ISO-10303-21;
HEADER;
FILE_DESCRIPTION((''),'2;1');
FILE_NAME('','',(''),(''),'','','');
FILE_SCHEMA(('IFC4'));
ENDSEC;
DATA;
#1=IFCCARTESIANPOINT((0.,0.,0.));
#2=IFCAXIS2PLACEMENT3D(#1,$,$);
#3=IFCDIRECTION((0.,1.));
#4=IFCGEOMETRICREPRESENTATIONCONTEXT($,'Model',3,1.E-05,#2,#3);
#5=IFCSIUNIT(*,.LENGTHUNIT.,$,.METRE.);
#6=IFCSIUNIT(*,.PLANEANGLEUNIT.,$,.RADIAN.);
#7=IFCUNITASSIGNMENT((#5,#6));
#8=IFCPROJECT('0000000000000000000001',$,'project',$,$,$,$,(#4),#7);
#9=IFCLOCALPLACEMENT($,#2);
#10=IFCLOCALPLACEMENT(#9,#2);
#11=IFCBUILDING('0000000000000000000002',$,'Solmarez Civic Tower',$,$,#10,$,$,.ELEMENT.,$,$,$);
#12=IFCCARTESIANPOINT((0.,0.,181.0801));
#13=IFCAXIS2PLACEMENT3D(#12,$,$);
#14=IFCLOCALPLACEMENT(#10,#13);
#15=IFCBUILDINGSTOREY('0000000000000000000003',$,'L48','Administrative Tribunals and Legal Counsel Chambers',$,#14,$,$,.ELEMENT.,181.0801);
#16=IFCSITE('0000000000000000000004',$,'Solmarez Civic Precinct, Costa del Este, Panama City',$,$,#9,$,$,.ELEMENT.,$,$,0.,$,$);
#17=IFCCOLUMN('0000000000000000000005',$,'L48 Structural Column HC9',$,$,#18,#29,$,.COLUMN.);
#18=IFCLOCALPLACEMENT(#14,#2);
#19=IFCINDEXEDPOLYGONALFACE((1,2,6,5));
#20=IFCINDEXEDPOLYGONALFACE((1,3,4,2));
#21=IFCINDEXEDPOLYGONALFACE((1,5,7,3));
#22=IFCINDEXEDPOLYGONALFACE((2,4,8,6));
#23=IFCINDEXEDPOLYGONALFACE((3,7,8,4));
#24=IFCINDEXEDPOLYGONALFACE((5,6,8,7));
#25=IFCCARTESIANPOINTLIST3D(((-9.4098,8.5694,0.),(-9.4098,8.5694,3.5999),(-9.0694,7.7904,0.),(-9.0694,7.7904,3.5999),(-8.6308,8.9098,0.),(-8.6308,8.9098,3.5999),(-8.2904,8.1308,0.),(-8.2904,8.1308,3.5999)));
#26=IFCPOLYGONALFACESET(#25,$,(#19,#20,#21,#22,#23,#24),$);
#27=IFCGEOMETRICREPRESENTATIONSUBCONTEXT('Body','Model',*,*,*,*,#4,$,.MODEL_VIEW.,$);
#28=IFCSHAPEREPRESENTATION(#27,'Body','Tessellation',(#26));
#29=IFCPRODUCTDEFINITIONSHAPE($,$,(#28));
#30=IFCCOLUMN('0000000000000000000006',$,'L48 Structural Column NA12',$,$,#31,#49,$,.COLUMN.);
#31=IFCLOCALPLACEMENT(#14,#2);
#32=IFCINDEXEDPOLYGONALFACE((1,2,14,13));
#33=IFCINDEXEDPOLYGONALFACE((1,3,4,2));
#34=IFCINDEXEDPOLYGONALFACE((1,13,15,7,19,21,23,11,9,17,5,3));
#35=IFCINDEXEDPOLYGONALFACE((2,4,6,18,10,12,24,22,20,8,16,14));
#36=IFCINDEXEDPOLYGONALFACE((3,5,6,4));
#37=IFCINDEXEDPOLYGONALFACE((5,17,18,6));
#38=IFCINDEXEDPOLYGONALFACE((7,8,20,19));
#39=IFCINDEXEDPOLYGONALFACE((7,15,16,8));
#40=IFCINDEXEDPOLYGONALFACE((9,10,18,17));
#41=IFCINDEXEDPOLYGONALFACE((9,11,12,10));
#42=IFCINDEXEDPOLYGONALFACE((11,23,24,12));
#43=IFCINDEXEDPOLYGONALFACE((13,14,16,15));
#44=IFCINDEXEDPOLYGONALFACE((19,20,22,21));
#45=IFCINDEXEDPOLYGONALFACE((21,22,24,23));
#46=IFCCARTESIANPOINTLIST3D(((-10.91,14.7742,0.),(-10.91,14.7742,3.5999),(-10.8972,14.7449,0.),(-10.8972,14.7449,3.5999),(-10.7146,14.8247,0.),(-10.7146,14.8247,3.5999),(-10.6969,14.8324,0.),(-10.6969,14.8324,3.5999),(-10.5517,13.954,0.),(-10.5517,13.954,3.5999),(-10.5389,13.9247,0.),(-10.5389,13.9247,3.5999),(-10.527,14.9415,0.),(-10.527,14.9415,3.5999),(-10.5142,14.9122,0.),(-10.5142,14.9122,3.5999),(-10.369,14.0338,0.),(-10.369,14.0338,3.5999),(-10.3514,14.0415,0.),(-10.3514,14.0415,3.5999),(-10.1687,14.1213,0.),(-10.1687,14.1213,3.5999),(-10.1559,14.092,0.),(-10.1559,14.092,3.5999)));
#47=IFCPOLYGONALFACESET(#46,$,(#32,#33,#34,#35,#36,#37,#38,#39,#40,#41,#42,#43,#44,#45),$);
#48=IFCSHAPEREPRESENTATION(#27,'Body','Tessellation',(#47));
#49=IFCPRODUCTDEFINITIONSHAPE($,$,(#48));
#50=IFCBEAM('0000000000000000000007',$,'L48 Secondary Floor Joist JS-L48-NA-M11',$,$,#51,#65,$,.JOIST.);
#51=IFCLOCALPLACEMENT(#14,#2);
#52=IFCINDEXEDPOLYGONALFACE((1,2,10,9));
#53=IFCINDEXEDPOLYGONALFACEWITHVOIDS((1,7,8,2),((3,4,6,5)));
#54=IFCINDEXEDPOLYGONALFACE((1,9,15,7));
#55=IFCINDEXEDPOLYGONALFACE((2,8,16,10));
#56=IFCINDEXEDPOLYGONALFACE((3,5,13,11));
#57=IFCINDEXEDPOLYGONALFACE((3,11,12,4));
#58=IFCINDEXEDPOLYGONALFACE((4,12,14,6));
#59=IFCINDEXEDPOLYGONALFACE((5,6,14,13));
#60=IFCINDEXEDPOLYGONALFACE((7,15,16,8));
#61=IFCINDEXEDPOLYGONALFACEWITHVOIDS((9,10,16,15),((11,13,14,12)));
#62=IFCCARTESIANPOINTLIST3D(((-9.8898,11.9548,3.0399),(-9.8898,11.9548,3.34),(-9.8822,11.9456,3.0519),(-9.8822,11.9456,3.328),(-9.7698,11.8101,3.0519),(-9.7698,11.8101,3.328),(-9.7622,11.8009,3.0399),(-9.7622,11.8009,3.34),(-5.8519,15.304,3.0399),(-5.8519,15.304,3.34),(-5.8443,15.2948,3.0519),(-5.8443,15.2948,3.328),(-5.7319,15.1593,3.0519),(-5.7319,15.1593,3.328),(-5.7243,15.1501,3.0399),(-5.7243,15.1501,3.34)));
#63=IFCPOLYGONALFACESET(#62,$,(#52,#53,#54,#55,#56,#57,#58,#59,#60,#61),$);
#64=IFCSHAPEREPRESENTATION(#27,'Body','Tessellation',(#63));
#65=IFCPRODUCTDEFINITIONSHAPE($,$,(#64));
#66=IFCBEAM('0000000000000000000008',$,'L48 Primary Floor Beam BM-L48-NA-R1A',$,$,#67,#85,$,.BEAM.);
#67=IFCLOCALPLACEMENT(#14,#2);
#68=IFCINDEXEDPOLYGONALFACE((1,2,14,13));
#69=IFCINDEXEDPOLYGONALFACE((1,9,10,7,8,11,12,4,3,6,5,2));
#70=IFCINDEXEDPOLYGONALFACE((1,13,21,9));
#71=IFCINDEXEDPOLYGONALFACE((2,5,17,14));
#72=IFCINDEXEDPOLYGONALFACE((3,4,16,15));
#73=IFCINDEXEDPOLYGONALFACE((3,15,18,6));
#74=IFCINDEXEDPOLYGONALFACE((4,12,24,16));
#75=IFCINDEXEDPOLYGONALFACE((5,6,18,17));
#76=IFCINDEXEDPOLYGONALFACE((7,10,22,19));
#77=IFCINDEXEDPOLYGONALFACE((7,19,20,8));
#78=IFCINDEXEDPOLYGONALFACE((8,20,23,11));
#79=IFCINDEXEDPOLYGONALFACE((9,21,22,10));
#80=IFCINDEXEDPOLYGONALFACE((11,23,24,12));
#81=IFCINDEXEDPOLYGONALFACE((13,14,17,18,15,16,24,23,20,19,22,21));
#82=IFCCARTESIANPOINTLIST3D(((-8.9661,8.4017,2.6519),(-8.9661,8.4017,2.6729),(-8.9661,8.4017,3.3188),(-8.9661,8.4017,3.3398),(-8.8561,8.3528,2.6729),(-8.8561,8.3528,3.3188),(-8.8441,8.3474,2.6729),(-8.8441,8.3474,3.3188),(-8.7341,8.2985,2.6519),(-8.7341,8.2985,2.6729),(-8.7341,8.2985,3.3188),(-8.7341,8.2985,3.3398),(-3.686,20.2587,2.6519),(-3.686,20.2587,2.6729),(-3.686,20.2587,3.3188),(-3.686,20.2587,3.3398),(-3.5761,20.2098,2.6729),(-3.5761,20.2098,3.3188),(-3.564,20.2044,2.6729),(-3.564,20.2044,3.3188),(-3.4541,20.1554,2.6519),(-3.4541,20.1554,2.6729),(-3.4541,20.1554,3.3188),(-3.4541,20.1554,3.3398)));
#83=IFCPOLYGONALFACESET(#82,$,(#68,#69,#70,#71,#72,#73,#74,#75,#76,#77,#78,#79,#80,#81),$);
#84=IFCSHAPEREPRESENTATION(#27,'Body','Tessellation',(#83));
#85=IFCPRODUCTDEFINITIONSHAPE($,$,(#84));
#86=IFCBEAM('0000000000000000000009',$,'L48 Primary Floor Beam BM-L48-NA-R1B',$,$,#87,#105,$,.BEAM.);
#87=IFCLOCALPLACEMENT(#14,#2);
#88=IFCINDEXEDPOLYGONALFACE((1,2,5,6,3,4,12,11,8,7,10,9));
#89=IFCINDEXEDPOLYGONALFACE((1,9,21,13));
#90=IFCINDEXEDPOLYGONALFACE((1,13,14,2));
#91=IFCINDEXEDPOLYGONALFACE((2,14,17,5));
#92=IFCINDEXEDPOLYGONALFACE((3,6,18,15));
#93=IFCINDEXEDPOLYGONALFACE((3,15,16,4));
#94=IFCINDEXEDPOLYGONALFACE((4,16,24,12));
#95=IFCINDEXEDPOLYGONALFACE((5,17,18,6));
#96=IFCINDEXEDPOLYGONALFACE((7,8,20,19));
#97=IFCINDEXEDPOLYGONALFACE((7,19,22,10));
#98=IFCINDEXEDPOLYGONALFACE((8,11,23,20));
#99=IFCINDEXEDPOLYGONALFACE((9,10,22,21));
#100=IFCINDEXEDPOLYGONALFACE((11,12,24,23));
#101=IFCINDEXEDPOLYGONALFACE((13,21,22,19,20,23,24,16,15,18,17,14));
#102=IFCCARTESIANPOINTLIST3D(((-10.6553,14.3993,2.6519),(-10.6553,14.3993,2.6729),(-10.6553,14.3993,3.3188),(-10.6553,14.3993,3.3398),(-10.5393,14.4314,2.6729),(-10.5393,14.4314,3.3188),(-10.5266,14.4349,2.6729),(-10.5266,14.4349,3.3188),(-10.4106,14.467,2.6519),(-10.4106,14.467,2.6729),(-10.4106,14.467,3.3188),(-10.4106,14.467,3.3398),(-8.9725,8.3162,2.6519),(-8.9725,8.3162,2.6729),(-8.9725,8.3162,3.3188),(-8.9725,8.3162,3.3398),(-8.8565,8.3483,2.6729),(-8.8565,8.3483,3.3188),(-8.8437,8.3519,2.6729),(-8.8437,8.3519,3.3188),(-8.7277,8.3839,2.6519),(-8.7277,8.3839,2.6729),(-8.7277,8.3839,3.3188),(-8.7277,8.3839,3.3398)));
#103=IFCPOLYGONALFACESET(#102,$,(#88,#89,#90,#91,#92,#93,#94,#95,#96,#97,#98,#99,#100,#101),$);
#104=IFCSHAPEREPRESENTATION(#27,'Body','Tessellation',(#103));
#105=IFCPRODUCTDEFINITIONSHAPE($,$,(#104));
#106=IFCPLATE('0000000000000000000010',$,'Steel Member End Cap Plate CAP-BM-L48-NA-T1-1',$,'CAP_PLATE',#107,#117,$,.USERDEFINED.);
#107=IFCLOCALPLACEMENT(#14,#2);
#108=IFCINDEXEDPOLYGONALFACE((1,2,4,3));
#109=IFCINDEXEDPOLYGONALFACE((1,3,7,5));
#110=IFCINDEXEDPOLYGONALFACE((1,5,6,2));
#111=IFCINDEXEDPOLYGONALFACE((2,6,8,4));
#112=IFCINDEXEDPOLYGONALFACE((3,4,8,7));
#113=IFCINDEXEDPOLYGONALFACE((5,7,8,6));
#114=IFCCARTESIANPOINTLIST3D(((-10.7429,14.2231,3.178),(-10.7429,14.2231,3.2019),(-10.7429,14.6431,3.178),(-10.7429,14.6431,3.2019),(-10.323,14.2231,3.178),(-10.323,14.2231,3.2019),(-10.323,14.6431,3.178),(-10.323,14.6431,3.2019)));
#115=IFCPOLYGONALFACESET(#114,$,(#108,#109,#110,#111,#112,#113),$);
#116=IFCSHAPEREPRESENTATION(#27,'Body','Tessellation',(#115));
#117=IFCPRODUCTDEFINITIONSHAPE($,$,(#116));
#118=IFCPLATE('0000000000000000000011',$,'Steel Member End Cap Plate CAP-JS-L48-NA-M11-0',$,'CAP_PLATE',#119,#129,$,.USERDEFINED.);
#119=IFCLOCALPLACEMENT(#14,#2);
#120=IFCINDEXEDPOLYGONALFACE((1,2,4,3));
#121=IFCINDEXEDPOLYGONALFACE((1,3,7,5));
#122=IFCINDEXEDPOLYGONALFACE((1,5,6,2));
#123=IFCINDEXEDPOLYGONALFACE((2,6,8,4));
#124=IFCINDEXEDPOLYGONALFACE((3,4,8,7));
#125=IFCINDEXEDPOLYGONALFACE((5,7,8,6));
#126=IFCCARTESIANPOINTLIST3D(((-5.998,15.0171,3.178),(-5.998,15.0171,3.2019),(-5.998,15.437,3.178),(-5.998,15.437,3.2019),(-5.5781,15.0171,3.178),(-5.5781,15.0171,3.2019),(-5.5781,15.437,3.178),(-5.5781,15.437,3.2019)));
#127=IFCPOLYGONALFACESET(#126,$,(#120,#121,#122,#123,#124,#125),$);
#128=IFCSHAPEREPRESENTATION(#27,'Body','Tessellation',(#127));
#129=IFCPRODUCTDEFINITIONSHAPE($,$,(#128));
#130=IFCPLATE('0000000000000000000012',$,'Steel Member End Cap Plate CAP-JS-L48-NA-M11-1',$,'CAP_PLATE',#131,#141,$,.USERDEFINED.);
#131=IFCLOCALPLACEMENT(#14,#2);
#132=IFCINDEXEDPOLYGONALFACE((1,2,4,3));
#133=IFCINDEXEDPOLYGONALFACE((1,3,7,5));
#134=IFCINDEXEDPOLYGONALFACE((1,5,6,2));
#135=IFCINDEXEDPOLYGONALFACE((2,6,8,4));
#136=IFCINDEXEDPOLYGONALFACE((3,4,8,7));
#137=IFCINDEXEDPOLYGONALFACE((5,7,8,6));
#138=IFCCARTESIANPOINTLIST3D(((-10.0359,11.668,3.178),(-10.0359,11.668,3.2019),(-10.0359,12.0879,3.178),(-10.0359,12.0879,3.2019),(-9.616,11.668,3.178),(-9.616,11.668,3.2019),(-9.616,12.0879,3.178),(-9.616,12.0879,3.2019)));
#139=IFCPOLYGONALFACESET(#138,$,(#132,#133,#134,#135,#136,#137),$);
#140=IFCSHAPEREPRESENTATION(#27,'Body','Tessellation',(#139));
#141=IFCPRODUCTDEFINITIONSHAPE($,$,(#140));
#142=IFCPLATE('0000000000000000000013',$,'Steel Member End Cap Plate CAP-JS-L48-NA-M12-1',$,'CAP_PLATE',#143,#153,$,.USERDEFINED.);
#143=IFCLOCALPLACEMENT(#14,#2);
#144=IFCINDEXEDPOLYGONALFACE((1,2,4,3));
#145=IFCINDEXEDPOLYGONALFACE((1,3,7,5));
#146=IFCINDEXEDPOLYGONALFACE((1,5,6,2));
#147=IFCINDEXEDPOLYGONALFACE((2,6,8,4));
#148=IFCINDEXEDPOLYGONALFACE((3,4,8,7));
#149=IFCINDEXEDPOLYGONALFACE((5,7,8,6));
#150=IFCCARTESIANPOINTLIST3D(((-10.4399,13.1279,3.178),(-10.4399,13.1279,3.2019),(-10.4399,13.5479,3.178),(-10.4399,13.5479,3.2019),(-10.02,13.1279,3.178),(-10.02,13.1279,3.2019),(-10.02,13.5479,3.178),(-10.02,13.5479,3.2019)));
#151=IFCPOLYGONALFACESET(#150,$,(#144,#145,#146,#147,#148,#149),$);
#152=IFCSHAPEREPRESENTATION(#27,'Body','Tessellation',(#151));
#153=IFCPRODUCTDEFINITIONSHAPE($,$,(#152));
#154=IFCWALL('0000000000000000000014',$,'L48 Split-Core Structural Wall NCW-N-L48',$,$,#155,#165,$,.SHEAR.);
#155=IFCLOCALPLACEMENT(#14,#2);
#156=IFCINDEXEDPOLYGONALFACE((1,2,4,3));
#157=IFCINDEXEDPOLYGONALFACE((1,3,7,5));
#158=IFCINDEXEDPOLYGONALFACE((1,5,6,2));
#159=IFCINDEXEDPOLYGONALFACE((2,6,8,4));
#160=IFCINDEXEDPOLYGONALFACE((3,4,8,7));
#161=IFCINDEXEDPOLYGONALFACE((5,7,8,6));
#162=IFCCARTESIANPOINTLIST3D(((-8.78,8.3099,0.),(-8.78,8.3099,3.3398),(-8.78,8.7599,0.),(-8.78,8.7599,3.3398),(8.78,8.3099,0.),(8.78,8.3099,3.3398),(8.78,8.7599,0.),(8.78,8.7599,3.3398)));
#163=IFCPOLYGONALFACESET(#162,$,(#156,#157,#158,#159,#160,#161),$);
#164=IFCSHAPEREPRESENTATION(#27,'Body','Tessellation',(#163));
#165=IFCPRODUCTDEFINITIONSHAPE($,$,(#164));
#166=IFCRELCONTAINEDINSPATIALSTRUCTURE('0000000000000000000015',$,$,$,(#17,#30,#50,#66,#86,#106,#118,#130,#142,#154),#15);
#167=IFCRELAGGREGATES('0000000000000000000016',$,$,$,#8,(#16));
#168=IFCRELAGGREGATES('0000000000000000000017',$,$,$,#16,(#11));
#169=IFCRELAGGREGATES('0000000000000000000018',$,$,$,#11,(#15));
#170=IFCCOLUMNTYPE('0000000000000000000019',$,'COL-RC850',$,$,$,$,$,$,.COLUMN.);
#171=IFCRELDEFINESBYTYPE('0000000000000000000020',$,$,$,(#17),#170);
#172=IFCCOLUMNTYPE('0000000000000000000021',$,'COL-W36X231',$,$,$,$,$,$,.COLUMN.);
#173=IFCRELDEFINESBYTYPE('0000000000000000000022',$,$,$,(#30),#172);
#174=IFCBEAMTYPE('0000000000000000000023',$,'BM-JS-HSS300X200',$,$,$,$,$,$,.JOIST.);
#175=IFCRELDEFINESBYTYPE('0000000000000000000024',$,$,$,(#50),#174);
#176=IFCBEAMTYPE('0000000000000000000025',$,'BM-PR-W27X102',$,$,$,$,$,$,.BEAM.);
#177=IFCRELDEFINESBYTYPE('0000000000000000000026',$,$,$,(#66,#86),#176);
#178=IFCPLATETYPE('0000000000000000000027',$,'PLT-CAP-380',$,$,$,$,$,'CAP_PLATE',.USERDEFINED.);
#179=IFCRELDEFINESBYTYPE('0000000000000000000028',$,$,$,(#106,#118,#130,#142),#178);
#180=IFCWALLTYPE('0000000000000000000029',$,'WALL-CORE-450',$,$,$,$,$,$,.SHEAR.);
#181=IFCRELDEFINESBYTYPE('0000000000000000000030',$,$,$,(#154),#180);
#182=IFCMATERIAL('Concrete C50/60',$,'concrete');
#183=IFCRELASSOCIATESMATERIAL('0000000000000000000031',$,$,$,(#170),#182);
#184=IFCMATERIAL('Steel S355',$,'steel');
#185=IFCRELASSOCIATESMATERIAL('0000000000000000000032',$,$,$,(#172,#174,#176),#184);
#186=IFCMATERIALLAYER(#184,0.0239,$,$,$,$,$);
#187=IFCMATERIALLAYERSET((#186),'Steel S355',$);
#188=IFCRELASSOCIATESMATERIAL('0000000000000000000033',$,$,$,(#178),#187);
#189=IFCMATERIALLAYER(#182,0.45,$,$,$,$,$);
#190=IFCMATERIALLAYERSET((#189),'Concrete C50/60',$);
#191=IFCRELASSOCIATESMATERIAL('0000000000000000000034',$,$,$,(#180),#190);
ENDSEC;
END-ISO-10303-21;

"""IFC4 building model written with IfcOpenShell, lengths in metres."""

from ifc_helpers import new_model, si_unit, direction, frame, frame_2d, origin, origin_2d, place, context, subcontext, project, spatial, rectangle, hollow_rectangle, i_section, extrude, material, layer, layer_set, material_profile, profile_set, type_object, element, save


model = new_model("IFC4")

# Units and contexts
model_context = context("Model", 3, precision=1e-05, world=origin(), true_north=direction((0.0, 1.0)))
body_context = subcontext(model_context, "Body", "Model", "MODEL_VIEW")
ifc_project = project(units=[si_unit("LENGTHUNIT", "METRE"), si_unit("PLANEANGLEUNIT", "RADIAN")], contexts=[model_context])

# Site, building, storey
site_placement = place(None, origin())
site = spatial("IfcSite", under=ifc_project, at=site_placement, Name="Solmarez Civic Precinct, Costa del Este, Panama City", CompositionType="ELEMENT", RefElevation=0.0)
building_placement = place(site_placement, origin())
building = spatial("IfcBuilding", under=site, at=building_placement, Name="Solmarez Civic Tower", CompositionType="ELEMENT")
storey_placement = place(building_placement, frame((0.0, 0.0, 181.0801)))
storey = spatial("IfcBuildingStorey", under=building, at=storey_placement, Name="L48", Description="Administrative Tribunals and Legal Counsel Chambers", CompositionType="ELEMENT", Elevation=181.0801)

# Columns
ifc_material_1 = material(Name="Concrete C50/60", Category="concrete")
ifc_material_profile_1 = material_profile(ifc_material_1, rectangle(XDim=0.8501, YDim=0.8501, at=origin_2d()), Name="RC850X850")
ifc_profile_set_1 = profile_set([ifc_material_profile_1], Name="Concrete C50/60")
column_type_1 = type_object("IfcColumnType", Name="COL-RC850", PredefinedType="COLUMN", material=ifc_profile_set_1)
column_1_placement = place(storey_placement, frame((-8.8501, 8.3501, 0.0), z_axis=(0.0, 0.0, 1.0), x_axis=(0.916363, 0.400349, 0.0)))
element("IfcColumn", 1, at=column_1_placement, inside=storey, type_object=column_type_1, Name="L48 Structural Column HC9", PredefinedType="COLUMN", context=body_context, shape_type="SweptSolid", body=[
    extrude(rectangle(XDim=0.8501, YDim=0.8501, at=origin_2d()), origin(), (0.0, 0.0, 1.0), 3.5999),
])
ifc_material_2 = material(Name="Steel S355", Category="steel")
ifc_material_profile_2 = material_profile(ifc_material_2, i_section(OverallWidth=0.418, OverallDepth=0.927, WebThickness=0.0193, FlangeThickness=0.032, at=origin_2d()), Name="W36X231")
ifc_profile_set_2 = profile_set([ifc_material_profile_2], Name="Steel S355")
column_type_2 = type_object("IfcColumnType", Name="COL-W36X231", PredefinedType="COLUMN", material=ifc_profile_set_2)
column_2_placement = place(storey_placement, frame((-10.533, 14.4331, 0.0), z_axis=(0.0, 0.0, 1.0), x_axis=(0.916363, 0.400349, 0.0)))
element("IfcColumn", 2, at=column_2_placement, inside=storey, type_object=column_type_2, Name="L48 Structural Column NA12", PredefinedType="COLUMN", context=body_context, shape_type="SweptSolid", body=[
    extrude(i_section(OverallWidth=0.418, OverallDepth=0.927, WebThickness=0.0193, FlangeThickness=0.032, at=origin_2d()), origin(), (0.0, 0.0, 1.0), 3.5999),
])

# Beams
ifc_material_profile_3 = material_profile(ifc_material_2, hollow_rectangle(XDim=0.2, YDim=0.3, WallThickness=0.012, at=origin_2d()), Name="HSS300X200X12")
ifc_profile_set_3 = profile_set([ifc_material_profile_3], Name="Steel S355")
beam_type_1 = type_object("IfcBeamType", Name="BM-JS-HSS300X200", PredefinedType="JOIST", material=ifc_profile_set_3)
beam_1_placement = place(storey_placement, frame((-5.7881, 15.2271, 3.1899), z_axis=(-0.769695, -0.638411, 0.0), x_axis=(0.638411, -0.769695, 0.0)))
element("IfcBeam", 3, at=beam_1_placement, inside=storey, type_object=beam_type_1, Name="L48 Secondary Floor Joist JS-L48-NA-M11", PredefinedType="JOIST", context=body_context, shape_type="SweptSolid", body=[
    extrude(hollow_rectangle(XDim=0.2, YDim=0.3, WallThickness=0.012, at=origin_2d()), origin(), (0.0, 0.0, 1.0), 5.2461),
])
ifc_material_profile_4 = material_profile(ifc_material_2, i_section(OverallWidth=0.2539, OverallDepth=0.688, WebThickness=0.0132, FlangeThickness=0.021, at=origin_2d()), Name="W27X102")
ifc_profile_set_4 = profile_set([ifc_material_profile_4], Name="Steel S355")
beam_type_2 = type_object("IfcBeamType", Name="BM-PR-W27X102", PredefinedType="BEAM", material=ifc_profile_set_4)
beam_2_placement = place(storey_placement, frame((-8.8501, 8.3501, 2.9958), z_axis=(0.4068, 0.913517, 0.0), x_axis=(-0.913517, 0.4068, 0.0)))
element("IfcBeam", 4, at=beam_2_placement, inside=storey, type_object=beam_type_2, Name="L48 Primary Floor Beam BM-L48-NA-R1A", PredefinedType="BEAM", context=body_context, shape_type="SweptSolid", body=[
    extrude(i_section(OverallWidth=0.2539, OverallDepth=0.688, WebThickness=0.0132, FlangeThickness=0.021, at=origin_2d()), origin(), (0.0, 0.0, 1.0), 12.9795),
])
beam_3_placement = place(storey_placement, frame((-8.8501, 8.3501, 2.9958), z_axis=(-0.266634, 0.963798, 0.0), x_axis=(-0.963798, -0.266634, 0.0)))
element("IfcBeam", 5, at=beam_3_placement, inside=storey, type_object=beam_type_2, Name="L48 Primary Floor Beam BM-L48-NA-R1B", PredefinedType="BEAM", context=body_context, shape_type="SweptSolid", body=[
    extrude(i_section(OverallWidth=0.2539, OverallDepth=0.688, WebThickness=0.0132, FlangeThickness=0.021, at=origin_2d()), origin(), (0.0, 0.0, 1.0), 6.3115),
])

# Plates
ifc_layer_1 = layer(ifc_material_2, 0.0239)
ifc_layer_set_1 = layer_set([ifc_layer_1], Name="Steel S355")
plate_type = type_object("IfcPlateType", Name="PLT-CAP-380", ElementType="CAP_PLATE", PredefinedType="USERDEFINED", material=ifc_layer_set_1)
for number, where, z_axis, x_axis, name in (
    (6, (-10.533, 14.4331, 3.178), (0.0, 0.0, 1.0), (1.0, 0.0, 0.0), "Steel Member End Cap Plate CAP-BM-L48-NA-T1-1"),
    (7, (-5.7881, 15.2271, 3.178), (0.0, 0.0, 1.0), (1.0, 0.0, 0.0), "Steel Member End Cap Plate CAP-JS-L48-NA-M11-0"),
    (8, (-9.8259, 11.8779, 3.178), (0.0, 0.0, 1.0), (1.0, 0.0, 0.0), "Steel Member End Cap Plate CAP-JS-L48-NA-M11-1"),
    (9, (-10.23, 13.3379, 3.178), (0.0, 0.0, 1.0), (1.0, 0.0, 0.0), "Steel Member End Cap Plate CAP-JS-L48-NA-M12-1"),
):
    element("IfcPlate", number, at=place(storey_placement, frame(where, z_axis=z_axis, x_axis=x_axis)), inside=storey, type_object=plate_type, Name=name, ObjectType="CAP_PLATE", PredefinedType="USERDEFINED", context=body_context, shape_type="SweptSolid", body=[
        extrude(rectangle(XDim=0.4199, YDim=0.4199, at=origin_2d()), origin(), (0.0, 0.0, 1.0), 0.0239),
    ])

# Wall
ifc_layer_2 = layer(ifc_material_1, 0.45)
ifc_layer_set_2 = layer_set([ifc_layer_2], Name="Concrete C50/60")
wall_type_1 = type_object("IfcWallType", Name="WALL-CORE-450", PredefinedType="SHEAR", material=ifc_layer_set_2)
wall_1_placement = place(storey_placement, frame((-8.78, 8.5349, 0.0), z_axis=(0.0, 0.0, 1.0), x_axis=(1.0, 0.0, 0.0)))
element("IfcWall", 10, at=wall_1_placement, inside=storey, type_object=wall_type_1, Name="L48 Split-Core Structural Wall NCW-N-L48", PredefinedType="SHEAR", context=body_context, shape_type="SweptSolid", body=[
    extrude(rectangle(XDim=17.5601, YDim=0.45, at=frame_2d((8.78, 0.0))), origin(), (0.0, 0.0, 1.0), 3.3398),
])

save(model, "model.ifc")
